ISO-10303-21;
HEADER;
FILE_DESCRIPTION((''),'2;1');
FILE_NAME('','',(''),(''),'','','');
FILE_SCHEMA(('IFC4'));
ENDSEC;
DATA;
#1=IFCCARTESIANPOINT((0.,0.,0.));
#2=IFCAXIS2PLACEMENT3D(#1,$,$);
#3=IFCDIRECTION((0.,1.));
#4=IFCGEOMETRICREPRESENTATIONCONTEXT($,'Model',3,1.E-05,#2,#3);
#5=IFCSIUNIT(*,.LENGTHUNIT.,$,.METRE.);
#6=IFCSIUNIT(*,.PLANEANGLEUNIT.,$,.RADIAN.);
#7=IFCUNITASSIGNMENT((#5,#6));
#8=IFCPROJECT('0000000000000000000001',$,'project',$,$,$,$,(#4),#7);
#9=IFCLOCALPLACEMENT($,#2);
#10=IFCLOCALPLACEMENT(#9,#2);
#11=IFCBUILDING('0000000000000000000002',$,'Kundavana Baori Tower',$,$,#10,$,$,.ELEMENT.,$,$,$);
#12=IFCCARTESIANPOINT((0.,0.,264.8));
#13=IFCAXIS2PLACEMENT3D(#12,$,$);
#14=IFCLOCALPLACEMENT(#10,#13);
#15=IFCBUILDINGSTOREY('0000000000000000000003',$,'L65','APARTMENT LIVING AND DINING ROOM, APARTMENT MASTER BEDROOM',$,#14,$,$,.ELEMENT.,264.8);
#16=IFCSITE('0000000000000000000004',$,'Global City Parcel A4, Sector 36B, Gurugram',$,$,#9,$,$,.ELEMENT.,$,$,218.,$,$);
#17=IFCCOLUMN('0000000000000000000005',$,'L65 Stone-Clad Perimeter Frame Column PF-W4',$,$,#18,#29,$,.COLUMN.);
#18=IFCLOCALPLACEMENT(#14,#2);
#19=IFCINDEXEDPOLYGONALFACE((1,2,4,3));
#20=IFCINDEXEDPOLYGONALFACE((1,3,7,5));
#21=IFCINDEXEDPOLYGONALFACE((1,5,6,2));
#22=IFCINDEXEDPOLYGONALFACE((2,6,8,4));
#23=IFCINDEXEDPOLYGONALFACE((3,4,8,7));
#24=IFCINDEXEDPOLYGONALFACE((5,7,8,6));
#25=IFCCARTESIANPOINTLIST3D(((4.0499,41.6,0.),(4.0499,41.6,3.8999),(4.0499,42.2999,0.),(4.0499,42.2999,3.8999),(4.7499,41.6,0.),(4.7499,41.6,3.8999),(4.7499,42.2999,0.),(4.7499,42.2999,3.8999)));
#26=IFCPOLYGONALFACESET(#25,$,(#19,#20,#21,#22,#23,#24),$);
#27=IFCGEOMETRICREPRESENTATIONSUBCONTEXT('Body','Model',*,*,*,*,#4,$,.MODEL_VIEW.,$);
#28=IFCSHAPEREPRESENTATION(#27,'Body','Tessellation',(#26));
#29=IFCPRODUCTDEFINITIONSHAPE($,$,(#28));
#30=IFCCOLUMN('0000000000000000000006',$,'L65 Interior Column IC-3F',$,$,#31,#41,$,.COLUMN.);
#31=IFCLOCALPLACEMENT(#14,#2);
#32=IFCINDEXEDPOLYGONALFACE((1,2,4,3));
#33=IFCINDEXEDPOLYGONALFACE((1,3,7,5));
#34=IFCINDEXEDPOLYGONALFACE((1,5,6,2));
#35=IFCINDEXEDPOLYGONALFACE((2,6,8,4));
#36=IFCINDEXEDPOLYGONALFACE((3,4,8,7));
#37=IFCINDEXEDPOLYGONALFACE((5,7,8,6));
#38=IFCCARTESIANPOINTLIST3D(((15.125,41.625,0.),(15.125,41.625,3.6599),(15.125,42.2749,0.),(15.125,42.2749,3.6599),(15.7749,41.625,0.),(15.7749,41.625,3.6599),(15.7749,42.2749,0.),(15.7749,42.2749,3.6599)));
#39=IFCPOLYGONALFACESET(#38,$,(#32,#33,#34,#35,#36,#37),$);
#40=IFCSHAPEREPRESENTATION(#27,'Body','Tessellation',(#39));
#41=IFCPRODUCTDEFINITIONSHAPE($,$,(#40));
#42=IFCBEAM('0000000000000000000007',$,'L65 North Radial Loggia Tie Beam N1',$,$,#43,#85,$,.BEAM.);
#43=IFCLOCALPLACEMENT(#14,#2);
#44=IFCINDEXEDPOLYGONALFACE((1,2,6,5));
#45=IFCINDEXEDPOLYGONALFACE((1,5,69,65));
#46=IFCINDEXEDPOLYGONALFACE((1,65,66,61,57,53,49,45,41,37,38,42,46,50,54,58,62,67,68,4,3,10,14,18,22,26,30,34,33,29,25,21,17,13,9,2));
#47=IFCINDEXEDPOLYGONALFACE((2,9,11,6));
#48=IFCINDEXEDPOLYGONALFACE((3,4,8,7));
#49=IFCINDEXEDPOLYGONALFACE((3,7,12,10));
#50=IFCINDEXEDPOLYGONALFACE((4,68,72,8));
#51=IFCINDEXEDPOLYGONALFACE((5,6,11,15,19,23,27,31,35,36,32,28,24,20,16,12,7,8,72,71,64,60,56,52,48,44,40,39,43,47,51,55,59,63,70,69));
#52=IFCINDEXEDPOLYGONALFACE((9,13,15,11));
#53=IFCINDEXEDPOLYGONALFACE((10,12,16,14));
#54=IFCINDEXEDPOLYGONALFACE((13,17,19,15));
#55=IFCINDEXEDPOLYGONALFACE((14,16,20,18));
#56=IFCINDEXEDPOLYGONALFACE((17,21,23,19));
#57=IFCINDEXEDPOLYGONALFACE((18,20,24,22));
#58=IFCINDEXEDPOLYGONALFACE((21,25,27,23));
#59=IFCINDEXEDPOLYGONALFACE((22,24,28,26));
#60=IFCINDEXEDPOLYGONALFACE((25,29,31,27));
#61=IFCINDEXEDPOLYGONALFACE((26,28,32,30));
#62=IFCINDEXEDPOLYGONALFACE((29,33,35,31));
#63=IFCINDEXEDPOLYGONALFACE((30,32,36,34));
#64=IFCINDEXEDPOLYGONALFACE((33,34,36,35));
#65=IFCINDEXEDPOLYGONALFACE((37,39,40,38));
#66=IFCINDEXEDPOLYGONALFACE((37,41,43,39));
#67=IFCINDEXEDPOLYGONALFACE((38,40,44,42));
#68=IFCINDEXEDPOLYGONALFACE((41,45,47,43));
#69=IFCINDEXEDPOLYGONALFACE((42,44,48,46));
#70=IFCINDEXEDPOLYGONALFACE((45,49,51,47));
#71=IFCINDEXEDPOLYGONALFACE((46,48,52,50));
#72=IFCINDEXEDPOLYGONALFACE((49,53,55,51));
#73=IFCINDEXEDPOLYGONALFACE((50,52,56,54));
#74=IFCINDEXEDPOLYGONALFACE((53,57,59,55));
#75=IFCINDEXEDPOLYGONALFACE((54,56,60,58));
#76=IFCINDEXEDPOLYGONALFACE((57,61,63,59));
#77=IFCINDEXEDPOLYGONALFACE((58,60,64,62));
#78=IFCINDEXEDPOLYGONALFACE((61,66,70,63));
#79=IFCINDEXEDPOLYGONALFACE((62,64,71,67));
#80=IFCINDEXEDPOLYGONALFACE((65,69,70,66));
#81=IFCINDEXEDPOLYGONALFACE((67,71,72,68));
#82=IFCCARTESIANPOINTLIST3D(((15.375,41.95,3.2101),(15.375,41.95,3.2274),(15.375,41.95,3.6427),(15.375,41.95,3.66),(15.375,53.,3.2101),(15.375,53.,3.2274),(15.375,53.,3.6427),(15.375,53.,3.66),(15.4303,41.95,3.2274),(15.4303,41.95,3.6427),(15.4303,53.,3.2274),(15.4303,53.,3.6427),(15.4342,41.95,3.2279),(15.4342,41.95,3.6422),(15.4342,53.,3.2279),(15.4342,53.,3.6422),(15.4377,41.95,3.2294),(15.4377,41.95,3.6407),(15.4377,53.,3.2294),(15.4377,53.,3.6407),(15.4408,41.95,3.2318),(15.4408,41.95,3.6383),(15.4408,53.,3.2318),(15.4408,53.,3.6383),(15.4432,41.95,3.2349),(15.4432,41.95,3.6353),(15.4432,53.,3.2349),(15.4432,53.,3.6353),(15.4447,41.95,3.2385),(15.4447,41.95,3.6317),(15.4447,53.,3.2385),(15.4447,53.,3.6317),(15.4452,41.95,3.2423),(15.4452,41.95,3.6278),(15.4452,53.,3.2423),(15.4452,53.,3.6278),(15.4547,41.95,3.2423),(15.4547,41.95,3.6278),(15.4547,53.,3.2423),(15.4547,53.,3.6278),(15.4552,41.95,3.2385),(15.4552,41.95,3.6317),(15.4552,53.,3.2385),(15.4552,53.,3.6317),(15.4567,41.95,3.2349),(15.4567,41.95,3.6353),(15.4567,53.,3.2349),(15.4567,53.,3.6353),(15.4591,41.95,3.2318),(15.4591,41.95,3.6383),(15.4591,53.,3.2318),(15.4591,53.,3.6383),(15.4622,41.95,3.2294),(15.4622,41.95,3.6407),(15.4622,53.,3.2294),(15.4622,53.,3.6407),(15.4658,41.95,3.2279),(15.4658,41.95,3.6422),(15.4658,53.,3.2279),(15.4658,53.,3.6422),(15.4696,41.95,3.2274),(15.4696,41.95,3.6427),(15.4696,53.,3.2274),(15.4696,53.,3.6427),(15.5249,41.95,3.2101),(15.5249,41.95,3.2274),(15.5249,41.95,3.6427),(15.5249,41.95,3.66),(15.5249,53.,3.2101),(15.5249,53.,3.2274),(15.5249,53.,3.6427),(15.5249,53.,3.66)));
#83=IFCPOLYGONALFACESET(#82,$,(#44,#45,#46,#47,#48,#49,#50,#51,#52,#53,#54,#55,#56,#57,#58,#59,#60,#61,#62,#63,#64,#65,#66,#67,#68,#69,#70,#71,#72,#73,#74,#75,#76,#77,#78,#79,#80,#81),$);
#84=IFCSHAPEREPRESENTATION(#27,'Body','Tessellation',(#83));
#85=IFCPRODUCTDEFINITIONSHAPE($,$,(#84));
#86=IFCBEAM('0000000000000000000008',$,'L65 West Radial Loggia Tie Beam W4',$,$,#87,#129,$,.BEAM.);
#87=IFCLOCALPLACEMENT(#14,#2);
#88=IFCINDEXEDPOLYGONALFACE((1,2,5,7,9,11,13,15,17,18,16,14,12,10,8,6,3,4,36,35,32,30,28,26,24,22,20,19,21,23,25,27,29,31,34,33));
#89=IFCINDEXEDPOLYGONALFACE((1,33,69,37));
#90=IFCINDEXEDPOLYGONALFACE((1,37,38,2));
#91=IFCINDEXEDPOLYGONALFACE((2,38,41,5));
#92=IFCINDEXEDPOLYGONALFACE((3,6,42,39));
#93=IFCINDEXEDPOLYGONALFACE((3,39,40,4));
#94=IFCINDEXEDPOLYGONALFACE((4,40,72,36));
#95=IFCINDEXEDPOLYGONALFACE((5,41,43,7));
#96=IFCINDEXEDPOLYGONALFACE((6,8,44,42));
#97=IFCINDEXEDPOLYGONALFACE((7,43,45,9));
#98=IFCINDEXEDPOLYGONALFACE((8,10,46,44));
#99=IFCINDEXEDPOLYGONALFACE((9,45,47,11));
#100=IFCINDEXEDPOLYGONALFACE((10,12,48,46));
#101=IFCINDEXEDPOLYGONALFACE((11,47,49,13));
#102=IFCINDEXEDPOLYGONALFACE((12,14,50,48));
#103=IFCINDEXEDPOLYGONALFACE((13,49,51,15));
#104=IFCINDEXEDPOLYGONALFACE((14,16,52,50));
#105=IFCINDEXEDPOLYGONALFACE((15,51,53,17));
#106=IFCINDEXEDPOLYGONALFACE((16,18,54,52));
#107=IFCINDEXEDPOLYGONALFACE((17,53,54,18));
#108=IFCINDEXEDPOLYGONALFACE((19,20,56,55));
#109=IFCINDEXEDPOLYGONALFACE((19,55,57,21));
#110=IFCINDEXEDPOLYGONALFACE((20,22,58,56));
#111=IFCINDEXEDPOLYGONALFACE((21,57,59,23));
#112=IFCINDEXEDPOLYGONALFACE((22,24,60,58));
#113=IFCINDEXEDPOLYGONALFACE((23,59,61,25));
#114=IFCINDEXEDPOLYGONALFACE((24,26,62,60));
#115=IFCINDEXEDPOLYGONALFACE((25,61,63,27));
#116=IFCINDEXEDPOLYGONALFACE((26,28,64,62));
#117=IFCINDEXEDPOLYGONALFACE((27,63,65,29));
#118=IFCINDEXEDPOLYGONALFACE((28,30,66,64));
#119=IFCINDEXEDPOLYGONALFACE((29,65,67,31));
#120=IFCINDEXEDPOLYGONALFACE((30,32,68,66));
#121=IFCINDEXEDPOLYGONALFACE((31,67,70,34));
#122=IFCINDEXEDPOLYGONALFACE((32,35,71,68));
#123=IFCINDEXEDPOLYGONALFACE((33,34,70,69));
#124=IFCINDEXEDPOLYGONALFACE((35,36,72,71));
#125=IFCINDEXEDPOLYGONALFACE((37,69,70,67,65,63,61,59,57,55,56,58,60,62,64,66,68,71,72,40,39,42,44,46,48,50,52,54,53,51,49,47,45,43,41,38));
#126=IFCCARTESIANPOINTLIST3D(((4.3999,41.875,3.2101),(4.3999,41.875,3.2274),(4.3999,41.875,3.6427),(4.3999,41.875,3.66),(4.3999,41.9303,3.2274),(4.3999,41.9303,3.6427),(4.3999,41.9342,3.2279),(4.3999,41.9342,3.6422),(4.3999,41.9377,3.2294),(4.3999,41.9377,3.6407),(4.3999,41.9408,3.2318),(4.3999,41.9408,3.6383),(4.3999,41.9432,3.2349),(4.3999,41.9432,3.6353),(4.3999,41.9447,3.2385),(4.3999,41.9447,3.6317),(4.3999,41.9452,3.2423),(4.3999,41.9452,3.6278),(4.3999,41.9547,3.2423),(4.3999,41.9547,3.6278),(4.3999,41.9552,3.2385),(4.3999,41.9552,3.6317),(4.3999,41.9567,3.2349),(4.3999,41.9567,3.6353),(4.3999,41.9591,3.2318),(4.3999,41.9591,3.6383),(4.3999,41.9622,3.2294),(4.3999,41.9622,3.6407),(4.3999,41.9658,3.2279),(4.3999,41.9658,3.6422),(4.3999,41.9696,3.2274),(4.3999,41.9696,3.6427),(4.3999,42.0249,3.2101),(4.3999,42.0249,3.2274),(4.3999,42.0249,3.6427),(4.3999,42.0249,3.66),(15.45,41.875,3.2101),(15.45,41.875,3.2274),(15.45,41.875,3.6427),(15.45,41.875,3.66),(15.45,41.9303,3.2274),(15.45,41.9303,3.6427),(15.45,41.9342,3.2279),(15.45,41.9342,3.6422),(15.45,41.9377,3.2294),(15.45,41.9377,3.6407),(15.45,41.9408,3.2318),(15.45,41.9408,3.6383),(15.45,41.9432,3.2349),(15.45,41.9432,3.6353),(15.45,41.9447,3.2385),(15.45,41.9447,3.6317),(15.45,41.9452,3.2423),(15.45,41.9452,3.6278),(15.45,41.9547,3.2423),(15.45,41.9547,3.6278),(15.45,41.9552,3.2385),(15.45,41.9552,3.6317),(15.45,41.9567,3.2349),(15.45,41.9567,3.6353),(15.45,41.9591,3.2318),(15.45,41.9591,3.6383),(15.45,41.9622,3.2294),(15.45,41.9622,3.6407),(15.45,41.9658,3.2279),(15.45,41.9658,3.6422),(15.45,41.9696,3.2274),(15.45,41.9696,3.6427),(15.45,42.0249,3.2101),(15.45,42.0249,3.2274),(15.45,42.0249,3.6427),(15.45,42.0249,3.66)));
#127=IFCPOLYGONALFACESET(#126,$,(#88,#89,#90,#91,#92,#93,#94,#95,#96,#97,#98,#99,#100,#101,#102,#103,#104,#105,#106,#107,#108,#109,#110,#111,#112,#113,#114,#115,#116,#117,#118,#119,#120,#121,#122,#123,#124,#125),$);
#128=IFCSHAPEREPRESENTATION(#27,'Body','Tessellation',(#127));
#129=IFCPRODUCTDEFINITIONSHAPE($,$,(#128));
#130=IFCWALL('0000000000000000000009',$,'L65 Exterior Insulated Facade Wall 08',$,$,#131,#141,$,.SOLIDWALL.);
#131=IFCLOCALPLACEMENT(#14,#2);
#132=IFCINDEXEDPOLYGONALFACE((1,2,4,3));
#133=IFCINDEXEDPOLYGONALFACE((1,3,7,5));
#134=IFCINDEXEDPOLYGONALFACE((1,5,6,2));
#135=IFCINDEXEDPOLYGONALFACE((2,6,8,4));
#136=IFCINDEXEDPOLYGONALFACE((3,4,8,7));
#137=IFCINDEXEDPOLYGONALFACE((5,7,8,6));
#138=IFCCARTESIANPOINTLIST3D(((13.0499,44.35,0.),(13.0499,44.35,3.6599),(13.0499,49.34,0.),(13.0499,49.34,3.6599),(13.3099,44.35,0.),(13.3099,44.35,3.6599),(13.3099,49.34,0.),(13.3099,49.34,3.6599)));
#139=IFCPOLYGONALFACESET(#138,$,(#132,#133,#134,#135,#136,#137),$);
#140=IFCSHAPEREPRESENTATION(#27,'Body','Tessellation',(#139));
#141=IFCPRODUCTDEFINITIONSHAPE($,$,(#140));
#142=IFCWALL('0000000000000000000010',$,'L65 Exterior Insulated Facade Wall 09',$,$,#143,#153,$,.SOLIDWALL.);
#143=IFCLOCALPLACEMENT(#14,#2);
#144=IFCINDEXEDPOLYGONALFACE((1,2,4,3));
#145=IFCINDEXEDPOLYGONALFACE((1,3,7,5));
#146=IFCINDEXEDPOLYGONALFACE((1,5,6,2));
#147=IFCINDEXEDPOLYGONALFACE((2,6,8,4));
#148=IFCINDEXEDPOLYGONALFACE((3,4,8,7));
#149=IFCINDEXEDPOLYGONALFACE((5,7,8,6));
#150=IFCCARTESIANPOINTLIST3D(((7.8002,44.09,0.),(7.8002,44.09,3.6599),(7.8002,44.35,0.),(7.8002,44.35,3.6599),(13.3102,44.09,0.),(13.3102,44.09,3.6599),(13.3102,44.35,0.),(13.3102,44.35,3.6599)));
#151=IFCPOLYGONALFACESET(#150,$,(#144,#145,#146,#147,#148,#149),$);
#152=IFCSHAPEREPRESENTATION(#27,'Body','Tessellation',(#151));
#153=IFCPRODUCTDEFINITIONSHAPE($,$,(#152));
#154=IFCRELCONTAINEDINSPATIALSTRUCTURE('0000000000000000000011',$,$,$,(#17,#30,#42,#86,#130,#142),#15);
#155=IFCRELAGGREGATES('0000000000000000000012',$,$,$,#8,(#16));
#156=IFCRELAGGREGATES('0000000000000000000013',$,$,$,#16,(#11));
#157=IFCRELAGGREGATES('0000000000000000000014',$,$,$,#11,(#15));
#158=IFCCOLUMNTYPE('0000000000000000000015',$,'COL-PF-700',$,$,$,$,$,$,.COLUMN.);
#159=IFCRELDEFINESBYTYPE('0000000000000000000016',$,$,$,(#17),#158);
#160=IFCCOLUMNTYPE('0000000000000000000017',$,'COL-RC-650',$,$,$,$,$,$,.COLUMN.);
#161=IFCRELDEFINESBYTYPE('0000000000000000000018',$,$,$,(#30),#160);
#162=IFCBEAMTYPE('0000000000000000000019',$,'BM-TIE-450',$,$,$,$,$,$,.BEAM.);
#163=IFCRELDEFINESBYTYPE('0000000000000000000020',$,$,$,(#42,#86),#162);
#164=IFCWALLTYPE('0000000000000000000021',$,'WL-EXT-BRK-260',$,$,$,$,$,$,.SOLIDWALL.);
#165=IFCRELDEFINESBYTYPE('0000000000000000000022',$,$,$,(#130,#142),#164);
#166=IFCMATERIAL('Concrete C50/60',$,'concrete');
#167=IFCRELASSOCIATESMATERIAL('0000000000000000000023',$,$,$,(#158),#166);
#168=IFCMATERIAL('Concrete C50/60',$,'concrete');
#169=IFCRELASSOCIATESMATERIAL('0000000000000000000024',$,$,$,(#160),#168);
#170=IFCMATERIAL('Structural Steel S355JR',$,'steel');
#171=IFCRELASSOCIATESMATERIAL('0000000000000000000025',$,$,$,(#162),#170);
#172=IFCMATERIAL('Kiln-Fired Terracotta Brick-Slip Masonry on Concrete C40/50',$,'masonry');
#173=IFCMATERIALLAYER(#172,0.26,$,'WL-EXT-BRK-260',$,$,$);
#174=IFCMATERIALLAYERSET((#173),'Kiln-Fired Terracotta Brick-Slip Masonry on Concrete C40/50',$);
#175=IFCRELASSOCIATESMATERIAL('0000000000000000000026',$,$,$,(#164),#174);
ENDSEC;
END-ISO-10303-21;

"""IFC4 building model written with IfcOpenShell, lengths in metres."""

from ifc_helpers import new_model, si_unit, direction, frame, frame_2d, origin, origin_2d, place, context, subcontext, project, spatial, rectangle, i_section, extrude, material, layer, layer_set, material_profile, profile_set, type_object, element, save


model = new_model("IFC4")

# Units and contexts
model_context = context("Model", 3, precision=1e-05, world=origin(), true_north=direction((0.0, 1.0)))
body_context = subcontext(model_context, "Body", "Model", "MODEL_VIEW")
ifc_project = project(units=[si_unit("LENGTHUNIT", "METRE"), si_unit("PLANEANGLEUNIT", "RADIAN")], contexts=[model_context])

# Site, building, storey
site_placement = place(None, origin())
site = spatial("IfcSite", under=ifc_project, at=site_placement, Name="Global City Parcel A4, Sector 36B, Gurugram", CompositionType="ELEMENT", RefElevation=218.0)
building_placement = place(site_placement, origin())
building = spatial("IfcBuilding", under=site, at=building_placement, Name="Kundavana Baori Tower", CompositionType="ELEMENT")
storey_placement = place(building_placement, frame((0.0, 0.0, 264.8)))
storey = spatial("IfcBuildingStorey", under=building, at=storey_placement, Name="L65", Description="APARTMENT LIVING AND DINING ROOM, APARTMENT MASTER BEDROOM", CompositionType="ELEMENT", Elevation=264.8)

# Columns
ifc_material_1 = material(Name="Concrete C50/60", Category="concrete")
ifc_material_profile_1 = material_profile(ifc_material_1, rectangle(XDim=0.7, YDim=0.7, at=origin_2d()), Name="RC PF 700x700")
ifc_profile_set_1 = profile_set([ifc_material_profile_1], Name="Concrete C50/60")
column_type_1 = type_object("IfcColumnType", Name="COL-PF-700", PredefinedType="COLUMN", material=ifc_profile_set_1)
column_1_placement = place(storey_placement, frame((4.3999, 41.95, 0.0), z_axis=(0.0, 0.0, 1.0), x_axis=(1.0, 0.0, 0.0)))
element("IfcColumn", 1, at=column_1_placement, inside=storey, type_object=column_type_1, Name="L65 Stone-Clad Perimeter Frame Column PF-W4", PredefinedType="COLUMN", context=body_context, shape_type="SweptSolid", body=[
    extrude(rectangle(XDim=0.7, YDim=0.7, at=origin_2d()), origin(), (0.0, 0.0, 1.0), 3.8999),
])
ifc_material_2 = material(Name="Concrete C50/60", Category="concrete")
ifc_material_profile_2 = material_profile(ifc_material_2, rectangle(XDim=0.6499, YDim=0.6499, at=origin_2d()), Name="RC 650x650")
ifc_profile_set_2 = profile_set([ifc_material_profile_2], Name="Concrete C50/60")
column_type_2 = type_object("IfcColumnType", Name="COL-RC-650", PredefinedType="COLUMN", material=ifc_profile_set_2)
column_2_placement = place(storey_placement, frame((15.45, 41.95, 0.0), z_axis=(0.0, 0.0, 1.0), x_axis=(1.0, 0.0, 0.0)))
element("IfcColumn", 2, at=column_2_placement, inside=storey, type_object=column_type_2, Name="L65 Interior Column IC-3F", PredefinedType="COLUMN", context=body_context, shape_type="SweptSolid", body=[
    extrude(rectangle(XDim=0.6499, YDim=0.6499, at=origin_2d()), origin(), (0.0, 0.0, 1.0), 3.6599),
])

# Beams
ifc_material_3 = material(Name="Structural Steel S355JR", Category="steel")
ifc_material_profile_3 = material_profile(ifc_material_3, i_section(OverallWidth=0.1499, OverallDepth=0.45, WebThickness=0.0095, FlangeThickness=0.0173, FilletRadius=0.0149, at=origin_2d()), Name="ISMB 450")
ifc_profile_set_3 = profile_set([ifc_material_profile_3], Name="Structural Steel S355JR")
beam_type = type_object("IfcBeamType", Name="BM-TIE-450", PredefinedType="BEAM", material=ifc_profile_set_3)
for number, where, z_axis, x_axis, name in (
    (3, (15.45, 41.95, 3.4351), (0.0, 1.0, 0.0), (-1.0, 0.0, 0.0), "L65 North Radial Loggia Tie Beam N1"),
    (4, (15.45, 41.95, 3.4351), (-1.0, 0.0, 0.0), (0.0, -1.0, 0.0), "L65 West Radial Loggia Tie Beam W4"),
):
    element("IfcBeam", number, at=place(storey_placement, frame(where, z_axis=z_axis, x_axis=x_axis)), inside=storey, type_object=beam_type, Name=name, PredefinedType="BEAM", context=body_context, shape_type="SweptSolid", body=[
        extrude(i_section(OverallWidth=0.1499, OverallDepth=0.45, WebThickness=0.0095, FlangeThickness=0.0173, FilletRadius=0.0149, at=origin_2d()), origin(), (0.0, 0.0, 1.0), 11.05),
    ])

# Walls
ifc_material_4 = material(Name="Kiln-Fired Terracotta Brick-Slip Masonry on Concrete C40/50", Category="masonry")
ifc_layer_1 = layer(ifc_material_4, 0.26, Name="WL-EXT-BRK-260")
ifc_layer_set_1 = layer_set([ifc_layer_1], Name="Kiln-Fired Terracotta Brick-Slip Masonry on Concrete C40/50")
wall_type_1 = type_object("IfcWallType", Name="WL-EXT-BRK-260", PredefinedType="SOLIDWALL", material=ifc_layer_set_1)
wall_1_placement = place(storey_placement, frame((13.1799, 49.3401, 0.0), z_axis=(0.0, 0.0, 1.0), x_axis=(0.0, -1.0, 0.0)))
element("IfcWall", 5, at=wall_1_placement, inside=storey, type_object=wall_type_1, Name="L65 Exterior Insulated Facade Wall 08", PredefinedType="SOLIDWALL", context=body_context, shape_type="SweptSolid", body=[
    extrude(rectangle(XDim=4.99, YDim=0.26, at=frame_2d((2.4951, 0.0))), origin(), (0.0, 0.0, 1.0), 3.6599),
])
wall_2_placement = place(storey_placement, frame((13.3101, 44.22, 0.0), z_axis=(0.0, 0.0, 1.0), x_axis=(-1.0, 0.0, 0.0)))
element("IfcWall", 6, at=wall_2_placement, inside=storey, type_object=wall_type_1, Name="L65 Exterior Insulated Facade Wall 09", PredefinedType="SOLIDWALL", context=body_context, shape_type="SweptSolid", body=[
    extrude(rectangle(XDim=5.51, YDim=0.26, at=frame_2d((2.7549, 0.0))), origin(), (0.0, 0.0, 1.0), 3.6599),
])

save(model, "model.ifc")
